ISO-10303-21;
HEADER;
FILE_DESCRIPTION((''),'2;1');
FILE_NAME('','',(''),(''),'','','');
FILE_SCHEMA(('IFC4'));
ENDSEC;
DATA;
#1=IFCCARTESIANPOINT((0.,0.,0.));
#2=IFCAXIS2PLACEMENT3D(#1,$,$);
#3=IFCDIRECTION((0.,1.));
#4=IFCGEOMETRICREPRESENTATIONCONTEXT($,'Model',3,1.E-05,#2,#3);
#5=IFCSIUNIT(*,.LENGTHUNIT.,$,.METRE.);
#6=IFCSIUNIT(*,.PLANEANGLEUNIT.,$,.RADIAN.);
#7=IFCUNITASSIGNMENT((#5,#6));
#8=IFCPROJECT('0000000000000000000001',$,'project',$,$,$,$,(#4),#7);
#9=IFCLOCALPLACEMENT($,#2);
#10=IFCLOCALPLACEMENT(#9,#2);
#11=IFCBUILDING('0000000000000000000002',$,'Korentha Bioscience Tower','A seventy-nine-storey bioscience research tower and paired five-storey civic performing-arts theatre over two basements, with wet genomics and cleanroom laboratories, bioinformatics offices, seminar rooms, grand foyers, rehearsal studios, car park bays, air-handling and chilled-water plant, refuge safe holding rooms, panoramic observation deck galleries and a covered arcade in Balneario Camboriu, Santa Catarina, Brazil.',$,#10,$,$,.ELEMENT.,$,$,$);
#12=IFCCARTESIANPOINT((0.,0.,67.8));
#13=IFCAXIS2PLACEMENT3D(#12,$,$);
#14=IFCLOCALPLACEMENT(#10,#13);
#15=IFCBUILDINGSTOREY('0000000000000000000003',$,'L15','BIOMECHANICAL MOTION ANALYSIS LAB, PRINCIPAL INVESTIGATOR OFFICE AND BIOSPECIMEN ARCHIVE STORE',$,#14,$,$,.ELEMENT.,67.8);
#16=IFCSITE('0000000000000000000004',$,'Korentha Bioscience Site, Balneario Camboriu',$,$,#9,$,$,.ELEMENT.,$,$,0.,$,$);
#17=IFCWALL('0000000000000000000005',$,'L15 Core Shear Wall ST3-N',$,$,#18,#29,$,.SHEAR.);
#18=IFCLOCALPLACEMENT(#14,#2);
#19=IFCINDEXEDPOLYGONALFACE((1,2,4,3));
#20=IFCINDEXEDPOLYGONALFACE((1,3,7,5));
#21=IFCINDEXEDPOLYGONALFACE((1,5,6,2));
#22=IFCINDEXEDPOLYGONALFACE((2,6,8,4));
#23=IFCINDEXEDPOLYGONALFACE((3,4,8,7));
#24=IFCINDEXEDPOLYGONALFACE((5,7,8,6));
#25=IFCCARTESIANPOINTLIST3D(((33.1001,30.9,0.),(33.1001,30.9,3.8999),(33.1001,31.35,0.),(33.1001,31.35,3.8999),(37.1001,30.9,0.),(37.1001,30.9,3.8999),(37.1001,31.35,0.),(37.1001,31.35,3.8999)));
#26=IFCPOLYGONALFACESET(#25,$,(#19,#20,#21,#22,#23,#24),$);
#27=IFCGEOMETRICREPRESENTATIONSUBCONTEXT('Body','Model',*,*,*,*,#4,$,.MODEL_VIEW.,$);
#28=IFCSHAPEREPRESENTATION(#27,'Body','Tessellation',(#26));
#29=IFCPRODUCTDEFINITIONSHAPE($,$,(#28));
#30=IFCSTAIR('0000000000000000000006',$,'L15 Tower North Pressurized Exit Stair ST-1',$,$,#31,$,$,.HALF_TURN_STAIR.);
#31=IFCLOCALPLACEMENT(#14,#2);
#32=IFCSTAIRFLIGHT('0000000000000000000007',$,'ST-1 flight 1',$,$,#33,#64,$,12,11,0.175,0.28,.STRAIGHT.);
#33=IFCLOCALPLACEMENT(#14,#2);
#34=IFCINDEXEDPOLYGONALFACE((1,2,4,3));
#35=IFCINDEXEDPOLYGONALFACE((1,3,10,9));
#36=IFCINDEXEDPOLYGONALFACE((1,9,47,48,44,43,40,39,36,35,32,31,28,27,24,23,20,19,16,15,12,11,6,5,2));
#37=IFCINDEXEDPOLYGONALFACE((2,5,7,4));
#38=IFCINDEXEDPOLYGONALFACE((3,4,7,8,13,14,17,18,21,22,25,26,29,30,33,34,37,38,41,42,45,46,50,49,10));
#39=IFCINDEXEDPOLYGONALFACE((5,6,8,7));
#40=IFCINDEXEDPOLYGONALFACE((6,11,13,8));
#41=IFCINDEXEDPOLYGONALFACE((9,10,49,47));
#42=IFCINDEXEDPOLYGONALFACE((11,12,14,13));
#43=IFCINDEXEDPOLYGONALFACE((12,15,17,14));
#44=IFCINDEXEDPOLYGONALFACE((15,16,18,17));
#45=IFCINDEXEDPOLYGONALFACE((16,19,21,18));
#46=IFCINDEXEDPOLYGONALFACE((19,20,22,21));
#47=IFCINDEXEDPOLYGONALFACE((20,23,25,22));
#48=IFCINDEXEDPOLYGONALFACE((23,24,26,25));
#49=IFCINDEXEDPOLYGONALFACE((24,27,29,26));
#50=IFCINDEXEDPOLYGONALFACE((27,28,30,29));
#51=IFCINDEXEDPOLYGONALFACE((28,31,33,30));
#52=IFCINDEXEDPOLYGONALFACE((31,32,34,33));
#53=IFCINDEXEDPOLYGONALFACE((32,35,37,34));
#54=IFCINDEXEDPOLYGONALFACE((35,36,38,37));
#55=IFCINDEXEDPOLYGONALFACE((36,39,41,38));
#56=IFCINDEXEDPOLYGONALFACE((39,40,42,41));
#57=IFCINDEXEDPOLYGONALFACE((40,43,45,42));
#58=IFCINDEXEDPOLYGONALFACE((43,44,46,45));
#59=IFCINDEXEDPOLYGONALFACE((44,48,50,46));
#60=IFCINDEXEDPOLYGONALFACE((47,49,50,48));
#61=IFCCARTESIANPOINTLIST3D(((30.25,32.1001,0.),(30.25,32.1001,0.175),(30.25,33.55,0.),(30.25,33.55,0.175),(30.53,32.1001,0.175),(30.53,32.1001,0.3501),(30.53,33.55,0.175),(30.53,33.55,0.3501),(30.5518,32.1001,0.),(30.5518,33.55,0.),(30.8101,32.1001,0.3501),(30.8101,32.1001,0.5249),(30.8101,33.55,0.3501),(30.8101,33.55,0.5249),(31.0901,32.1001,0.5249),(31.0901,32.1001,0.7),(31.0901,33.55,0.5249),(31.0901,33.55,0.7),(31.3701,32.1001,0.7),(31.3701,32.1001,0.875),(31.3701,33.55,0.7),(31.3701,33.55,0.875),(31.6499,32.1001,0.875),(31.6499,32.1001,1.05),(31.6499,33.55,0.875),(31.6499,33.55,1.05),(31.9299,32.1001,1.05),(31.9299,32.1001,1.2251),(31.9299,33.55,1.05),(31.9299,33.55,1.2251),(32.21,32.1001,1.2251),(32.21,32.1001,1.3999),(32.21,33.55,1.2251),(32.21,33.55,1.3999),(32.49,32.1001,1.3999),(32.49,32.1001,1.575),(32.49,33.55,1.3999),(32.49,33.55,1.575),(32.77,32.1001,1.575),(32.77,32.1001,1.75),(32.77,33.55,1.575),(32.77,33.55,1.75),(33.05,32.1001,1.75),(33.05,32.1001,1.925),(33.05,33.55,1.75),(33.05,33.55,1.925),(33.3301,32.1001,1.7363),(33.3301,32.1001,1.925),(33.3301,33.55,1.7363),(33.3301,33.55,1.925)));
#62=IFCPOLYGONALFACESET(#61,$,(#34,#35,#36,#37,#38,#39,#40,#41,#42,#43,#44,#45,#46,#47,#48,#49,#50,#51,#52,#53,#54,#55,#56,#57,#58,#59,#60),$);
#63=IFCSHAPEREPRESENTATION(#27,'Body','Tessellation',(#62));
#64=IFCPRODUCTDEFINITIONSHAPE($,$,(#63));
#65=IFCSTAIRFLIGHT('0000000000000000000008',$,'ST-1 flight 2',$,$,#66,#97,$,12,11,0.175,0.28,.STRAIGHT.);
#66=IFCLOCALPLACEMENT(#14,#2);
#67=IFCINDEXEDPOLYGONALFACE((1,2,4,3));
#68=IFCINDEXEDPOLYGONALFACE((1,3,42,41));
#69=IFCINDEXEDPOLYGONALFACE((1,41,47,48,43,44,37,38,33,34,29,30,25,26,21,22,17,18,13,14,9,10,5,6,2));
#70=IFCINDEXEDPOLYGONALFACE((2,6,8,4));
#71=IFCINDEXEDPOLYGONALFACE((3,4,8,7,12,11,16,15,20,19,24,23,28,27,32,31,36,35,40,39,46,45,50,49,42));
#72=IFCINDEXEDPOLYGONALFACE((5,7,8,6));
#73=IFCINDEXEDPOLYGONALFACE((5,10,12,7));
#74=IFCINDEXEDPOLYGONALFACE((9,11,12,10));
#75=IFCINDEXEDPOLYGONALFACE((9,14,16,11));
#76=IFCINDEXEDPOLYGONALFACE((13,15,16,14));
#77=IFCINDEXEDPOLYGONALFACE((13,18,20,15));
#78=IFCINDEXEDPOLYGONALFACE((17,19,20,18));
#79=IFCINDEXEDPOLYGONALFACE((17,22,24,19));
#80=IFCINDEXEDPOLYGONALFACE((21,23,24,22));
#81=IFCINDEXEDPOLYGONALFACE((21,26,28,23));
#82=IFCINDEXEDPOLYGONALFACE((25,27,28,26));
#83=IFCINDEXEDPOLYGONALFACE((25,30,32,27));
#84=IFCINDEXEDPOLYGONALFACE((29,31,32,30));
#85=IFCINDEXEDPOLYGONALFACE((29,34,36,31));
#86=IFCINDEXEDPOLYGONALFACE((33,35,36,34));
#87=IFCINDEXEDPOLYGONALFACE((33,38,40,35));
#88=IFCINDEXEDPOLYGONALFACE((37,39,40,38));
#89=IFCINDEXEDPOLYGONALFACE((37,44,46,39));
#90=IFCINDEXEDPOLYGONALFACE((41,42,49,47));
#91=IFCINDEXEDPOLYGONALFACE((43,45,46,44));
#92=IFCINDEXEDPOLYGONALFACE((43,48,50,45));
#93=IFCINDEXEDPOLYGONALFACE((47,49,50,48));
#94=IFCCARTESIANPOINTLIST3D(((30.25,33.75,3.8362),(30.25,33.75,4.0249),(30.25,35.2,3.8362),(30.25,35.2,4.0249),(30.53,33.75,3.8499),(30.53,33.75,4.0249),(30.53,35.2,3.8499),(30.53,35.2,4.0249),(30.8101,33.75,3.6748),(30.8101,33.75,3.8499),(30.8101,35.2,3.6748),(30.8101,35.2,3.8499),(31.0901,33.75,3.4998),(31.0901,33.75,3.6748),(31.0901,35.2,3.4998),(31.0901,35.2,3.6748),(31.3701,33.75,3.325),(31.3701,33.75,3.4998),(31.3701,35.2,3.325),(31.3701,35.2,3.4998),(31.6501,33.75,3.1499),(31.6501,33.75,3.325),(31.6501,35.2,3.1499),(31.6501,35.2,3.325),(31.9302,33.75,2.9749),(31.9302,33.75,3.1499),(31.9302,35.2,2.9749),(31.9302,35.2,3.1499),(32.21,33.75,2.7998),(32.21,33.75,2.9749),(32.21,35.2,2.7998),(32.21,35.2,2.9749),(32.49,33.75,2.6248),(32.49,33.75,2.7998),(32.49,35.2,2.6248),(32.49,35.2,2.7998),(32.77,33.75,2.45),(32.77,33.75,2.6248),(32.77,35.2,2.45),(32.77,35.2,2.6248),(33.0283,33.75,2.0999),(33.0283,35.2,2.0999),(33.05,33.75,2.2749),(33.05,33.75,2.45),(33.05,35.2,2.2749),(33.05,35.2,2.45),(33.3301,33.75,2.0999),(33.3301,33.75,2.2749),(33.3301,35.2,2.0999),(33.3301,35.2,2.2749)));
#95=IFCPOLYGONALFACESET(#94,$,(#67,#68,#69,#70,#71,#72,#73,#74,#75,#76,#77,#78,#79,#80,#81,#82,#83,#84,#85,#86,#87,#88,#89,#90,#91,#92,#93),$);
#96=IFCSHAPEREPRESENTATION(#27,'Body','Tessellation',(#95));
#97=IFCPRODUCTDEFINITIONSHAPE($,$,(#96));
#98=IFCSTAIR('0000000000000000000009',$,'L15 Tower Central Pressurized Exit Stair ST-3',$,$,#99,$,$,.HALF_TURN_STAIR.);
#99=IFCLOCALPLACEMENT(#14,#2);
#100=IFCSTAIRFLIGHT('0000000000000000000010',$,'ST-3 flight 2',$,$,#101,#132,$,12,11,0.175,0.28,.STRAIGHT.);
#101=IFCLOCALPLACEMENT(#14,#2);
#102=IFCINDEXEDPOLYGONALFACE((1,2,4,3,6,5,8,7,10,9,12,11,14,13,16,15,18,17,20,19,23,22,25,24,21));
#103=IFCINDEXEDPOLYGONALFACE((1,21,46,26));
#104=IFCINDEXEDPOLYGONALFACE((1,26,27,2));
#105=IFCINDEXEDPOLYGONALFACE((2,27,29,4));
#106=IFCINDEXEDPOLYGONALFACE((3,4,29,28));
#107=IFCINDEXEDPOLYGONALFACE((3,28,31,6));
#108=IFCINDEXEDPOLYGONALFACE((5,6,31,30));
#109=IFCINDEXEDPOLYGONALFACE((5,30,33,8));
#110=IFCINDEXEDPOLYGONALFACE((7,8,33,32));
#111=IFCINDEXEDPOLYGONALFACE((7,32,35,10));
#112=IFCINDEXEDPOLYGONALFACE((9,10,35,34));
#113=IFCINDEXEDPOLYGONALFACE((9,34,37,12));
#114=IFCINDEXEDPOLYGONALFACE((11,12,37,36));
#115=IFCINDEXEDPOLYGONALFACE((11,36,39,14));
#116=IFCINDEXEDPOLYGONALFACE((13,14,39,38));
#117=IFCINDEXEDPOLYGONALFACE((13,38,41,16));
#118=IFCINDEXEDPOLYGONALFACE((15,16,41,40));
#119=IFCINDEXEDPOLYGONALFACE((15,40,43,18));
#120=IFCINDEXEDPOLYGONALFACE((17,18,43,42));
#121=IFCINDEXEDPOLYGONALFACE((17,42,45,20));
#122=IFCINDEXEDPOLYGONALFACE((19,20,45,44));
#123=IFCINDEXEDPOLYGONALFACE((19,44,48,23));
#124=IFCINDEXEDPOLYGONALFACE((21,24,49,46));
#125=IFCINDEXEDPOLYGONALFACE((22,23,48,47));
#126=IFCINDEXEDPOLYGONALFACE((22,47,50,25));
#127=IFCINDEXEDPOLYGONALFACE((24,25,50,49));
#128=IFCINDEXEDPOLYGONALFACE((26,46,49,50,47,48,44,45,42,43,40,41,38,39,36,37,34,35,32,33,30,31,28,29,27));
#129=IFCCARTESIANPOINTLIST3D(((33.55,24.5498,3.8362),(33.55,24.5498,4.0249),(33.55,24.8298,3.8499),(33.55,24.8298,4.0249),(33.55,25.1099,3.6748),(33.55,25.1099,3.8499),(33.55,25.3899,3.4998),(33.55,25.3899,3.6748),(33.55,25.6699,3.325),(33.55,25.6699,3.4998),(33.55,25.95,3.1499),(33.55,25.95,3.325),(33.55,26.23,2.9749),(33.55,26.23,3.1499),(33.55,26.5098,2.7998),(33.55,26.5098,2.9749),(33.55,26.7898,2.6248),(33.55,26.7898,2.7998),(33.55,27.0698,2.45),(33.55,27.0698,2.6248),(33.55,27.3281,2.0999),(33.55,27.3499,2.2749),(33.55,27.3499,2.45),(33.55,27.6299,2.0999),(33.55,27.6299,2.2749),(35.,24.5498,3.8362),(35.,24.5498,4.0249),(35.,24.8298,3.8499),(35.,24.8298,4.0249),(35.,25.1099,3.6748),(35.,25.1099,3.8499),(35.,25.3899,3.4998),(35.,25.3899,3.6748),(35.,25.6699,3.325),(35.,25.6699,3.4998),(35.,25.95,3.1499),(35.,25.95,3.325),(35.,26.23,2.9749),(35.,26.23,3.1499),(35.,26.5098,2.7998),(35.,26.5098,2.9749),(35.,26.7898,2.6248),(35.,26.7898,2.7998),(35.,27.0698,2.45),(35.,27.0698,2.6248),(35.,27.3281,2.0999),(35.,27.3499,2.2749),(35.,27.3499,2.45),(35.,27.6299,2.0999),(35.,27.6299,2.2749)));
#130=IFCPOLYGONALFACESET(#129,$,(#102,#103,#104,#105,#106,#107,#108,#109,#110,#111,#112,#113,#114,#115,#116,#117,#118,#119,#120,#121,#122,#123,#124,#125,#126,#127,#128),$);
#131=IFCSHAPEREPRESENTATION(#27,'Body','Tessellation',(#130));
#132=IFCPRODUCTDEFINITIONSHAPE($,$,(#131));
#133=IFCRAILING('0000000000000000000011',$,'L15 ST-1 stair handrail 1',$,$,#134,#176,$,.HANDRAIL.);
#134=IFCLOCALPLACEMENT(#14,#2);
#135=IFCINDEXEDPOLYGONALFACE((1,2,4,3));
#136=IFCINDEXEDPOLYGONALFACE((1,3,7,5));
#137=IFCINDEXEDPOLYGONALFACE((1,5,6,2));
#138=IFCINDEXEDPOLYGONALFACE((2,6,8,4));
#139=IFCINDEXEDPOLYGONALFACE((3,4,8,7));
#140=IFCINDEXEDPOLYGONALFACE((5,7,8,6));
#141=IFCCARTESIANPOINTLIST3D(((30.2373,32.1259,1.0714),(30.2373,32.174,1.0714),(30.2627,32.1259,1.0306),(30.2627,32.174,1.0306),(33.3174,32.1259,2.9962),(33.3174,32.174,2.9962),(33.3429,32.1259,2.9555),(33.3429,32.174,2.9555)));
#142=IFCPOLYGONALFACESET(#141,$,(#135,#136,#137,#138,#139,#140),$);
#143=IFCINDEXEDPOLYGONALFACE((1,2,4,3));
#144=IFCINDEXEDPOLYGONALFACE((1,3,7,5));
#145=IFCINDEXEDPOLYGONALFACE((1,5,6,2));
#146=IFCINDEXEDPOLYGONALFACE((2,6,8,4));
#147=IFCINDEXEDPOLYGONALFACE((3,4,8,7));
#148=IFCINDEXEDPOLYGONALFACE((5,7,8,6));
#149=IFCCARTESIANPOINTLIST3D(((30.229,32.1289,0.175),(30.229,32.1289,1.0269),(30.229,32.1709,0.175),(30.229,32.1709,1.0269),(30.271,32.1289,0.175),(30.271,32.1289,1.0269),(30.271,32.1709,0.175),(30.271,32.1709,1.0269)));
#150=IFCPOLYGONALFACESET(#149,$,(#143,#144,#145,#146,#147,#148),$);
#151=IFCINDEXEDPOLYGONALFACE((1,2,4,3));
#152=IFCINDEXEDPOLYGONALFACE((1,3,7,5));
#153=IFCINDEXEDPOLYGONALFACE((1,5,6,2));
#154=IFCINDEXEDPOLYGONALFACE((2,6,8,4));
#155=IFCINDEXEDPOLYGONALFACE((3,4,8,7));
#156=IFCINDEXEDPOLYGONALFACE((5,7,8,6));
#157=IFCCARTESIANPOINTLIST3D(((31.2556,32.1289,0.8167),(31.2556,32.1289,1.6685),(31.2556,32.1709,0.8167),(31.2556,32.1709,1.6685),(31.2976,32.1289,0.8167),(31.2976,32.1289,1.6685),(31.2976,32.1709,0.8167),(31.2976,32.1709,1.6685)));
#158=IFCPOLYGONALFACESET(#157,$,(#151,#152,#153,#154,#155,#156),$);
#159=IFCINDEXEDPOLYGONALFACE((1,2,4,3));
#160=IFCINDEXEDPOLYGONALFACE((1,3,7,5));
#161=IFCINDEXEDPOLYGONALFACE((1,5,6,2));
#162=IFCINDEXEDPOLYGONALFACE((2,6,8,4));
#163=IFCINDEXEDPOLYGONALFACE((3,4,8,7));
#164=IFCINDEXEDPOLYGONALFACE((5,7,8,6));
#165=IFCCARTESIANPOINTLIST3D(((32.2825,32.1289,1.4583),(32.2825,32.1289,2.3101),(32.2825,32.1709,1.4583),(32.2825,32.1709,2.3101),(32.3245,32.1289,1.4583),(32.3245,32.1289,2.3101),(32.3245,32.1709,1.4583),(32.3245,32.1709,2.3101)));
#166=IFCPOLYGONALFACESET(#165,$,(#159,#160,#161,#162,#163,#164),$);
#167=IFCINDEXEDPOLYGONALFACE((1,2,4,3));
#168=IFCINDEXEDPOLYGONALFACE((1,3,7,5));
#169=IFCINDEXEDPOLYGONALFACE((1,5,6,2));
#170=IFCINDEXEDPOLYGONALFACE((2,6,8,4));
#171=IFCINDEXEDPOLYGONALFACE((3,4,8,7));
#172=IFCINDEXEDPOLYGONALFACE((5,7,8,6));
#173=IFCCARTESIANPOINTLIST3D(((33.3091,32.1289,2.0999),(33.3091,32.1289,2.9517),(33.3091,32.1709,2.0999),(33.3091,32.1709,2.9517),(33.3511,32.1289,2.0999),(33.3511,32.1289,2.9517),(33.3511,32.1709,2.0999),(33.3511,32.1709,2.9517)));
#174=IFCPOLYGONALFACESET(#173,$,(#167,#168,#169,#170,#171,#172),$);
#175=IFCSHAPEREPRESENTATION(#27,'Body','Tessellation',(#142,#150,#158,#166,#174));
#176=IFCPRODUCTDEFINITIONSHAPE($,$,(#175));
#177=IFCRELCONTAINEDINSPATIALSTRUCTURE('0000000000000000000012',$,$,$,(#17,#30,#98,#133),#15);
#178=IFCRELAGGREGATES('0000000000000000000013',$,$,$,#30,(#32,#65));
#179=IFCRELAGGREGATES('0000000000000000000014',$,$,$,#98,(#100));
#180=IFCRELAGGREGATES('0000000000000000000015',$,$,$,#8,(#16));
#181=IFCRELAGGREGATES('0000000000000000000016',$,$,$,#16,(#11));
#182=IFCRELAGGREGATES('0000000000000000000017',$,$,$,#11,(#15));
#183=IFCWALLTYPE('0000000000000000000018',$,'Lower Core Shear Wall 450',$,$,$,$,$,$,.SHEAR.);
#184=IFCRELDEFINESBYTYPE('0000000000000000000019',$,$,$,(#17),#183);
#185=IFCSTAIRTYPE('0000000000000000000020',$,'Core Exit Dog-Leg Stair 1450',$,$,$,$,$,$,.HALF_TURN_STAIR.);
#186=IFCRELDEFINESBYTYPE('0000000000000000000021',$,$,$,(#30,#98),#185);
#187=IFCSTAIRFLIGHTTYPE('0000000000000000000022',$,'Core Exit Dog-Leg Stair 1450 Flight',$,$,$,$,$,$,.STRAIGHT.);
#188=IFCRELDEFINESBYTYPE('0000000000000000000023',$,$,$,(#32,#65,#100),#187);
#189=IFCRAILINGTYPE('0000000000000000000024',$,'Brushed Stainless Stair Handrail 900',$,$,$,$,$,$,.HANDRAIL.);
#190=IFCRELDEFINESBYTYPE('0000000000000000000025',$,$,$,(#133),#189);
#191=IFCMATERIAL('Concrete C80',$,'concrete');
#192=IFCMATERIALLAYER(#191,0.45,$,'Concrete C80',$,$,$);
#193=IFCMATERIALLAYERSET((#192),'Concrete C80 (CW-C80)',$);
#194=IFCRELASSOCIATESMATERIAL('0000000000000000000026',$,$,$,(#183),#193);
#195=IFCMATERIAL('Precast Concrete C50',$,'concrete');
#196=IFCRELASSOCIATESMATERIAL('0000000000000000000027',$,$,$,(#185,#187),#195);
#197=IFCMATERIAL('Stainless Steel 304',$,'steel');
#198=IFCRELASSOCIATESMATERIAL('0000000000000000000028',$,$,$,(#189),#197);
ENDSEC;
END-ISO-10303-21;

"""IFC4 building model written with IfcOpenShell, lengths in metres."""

from ifc_helpers import new_model, si_unit, direction, frame, frame_2d, origin, origin_2d, place, context, subcontext, project, spatial, polyline, rectangle, outline, extrude, material, layer, layer_set, type_object, element, aggregate, save


model = new_model("IFC4")

# Units and contexts
model_context = context("Model", 3, precision=1e-05, world=origin(), true_north=direction((0.0, 1.0)))
body_context = subcontext(model_context, "Body", "Model", "MODEL_VIEW")
ifc_project = project(units=[si_unit("LENGTHUNIT", "METRE"), si_unit("PLANEANGLEUNIT", "RADIAN")], contexts=[model_context])

# Site, building, storey
site_placement = place(None, origin())
site = spatial("IfcSite", under=ifc_project, at=site_placement, Name="Korentha Bioscience Site, Balneario Camboriu", CompositionType="ELEMENT", RefElevation=0.0)
building_placement = place(site_placement, origin())
building = spatial("IfcBuilding", under=site, at=building_placement, Name="Korentha Bioscience Tower", Description="A seventy-nine-storey bioscience research tower and paired five-storey civic performing-arts theatre over two basements, with wet genomics and cleanroom laboratories, bioinformatics offices, seminar rooms, grand foyers, rehearsal studios, car park bays, air-handling and chilled-water plant, refuge safe holding rooms, panoramic observation deck galleries and a covered arcade in Balneario Camboriu, Santa Catarina, Brazil.", CompositionType="ELEMENT")
storey_placement = place(building_placement, frame((0.0, 0.0, 67.8)))
storey = spatial("IfcBuildingStorey", under=building, at=storey_placement, Name="L15", Description="BIOMECHANICAL MOTION ANALYSIS LAB, PRINCIPAL INVESTIGATOR OFFICE AND BIOSPECIMEN ARCHIVE STORE", CompositionType="ELEMENT", Elevation=67.8)

# Wall
ifc_material_1 = material(Name="Concrete C80", Category="concrete")
ifc_layer_1 = layer(ifc_material_1, 0.45, Name="Concrete C80")
ifc_layer_set_1 = layer_set([ifc_layer_1], Name="Concrete C80 (CW-C80)")
wall_type_1 = type_object("IfcWallType", Name="Lower Core Shear Wall 450", PredefinedType="SHEAR", material=ifc_layer_set_1)
wall_1_placement = place(storey_placement, frame((33.1001, 31.125, 0.0), z_axis=(0.0, 0.0, 1.0), x_axis=(1.0, 0.0, 0.0)))
element("IfcWall", 1, at=wall_1_placement, inside=storey, type_object=wall_type_1, Name="L15 Core Shear Wall ST3-N", PredefinedType="SHEAR", context=body_context, shape_type="SweptSolid", body=[
    extrude(rectangle(XDim=4.0, YDim=0.45, at=frame_2d((2.0, 0.0))), origin(), (0.0, 0.0, 1.0), 3.8999),
])

# Stair, stair flights
ifc_material_2 = material(Name="Precast Concrete C50", Category="concrete")
stair_type = type_object("IfcStairType", Name="Core Exit Dog-Leg Stair 1450", PredefinedType="HALF_TURN_STAIR", material=ifc_material_2)
stair_1_placement = place(storey_placement, origin())
stair_1 = element("IfcStair", 2, at=stair_1_placement, inside=storey, type_object=stair_type, Name="L15 Tower North Pressurized Exit Stair ST-1", PredefinedType="HALF_TURN_STAIR")
stair_flight_type = type_object("IfcStairFlightType", Name="Core Exit Dog-Leg Stair 1450 Flight", PredefinedType="STRAIGHT", material=ifc_material_2)
stair_flight_1_placement = place(storey_placement, frame((30.25, 32.825, 0.0), z_axis=(0.0, 0.0, 1.0), x_axis=(1.0, 0.0, 0.0)))
stair_flight_1 = element("IfcStairFlight", 3, at=stair_flight_1_placement, type_object=stair_flight_type, Name="ST-1 flight 1", NumberOfRisers=12, NumberOfTreads=11, PredefinedType="STRAIGHT", RiserHeight=0.175, TreadLength=0.28, context=body_context, shape_type="SweptSolid", body=[
    extrude(outline(polyline([(0.0, 0.0), (0.0, 0.175), (0.28, 0.175), (0.28, 0.3501), (0.5601, 0.3501), (0.5601, 0.5249), (0.8401, 0.5249), (0.8401, 0.7), (1.1201, 0.7), (1.1201, 0.875), (1.3999, 0.875), (1.3999, 1.05), (1.6799, 1.05), (1.6799, 1.2251), (1.96, 1.2251), (1.96, 1.3999), (2.24, 1.3999), (2.24, 1.575), (2.52, 1.575), (2.52, 1.75), (2.8, 1.75), (2.8, 1.925), (3.0801, 1.925), (3.0801, 2.1001), (3.0801, 1.7363), (0.3018, 0.0), (0.0, 0.0)])), frame((0.0, 0.7251, 0.0), z_axis=(0.0, -1.0, 0.0), x_axis=(1.0, 0.0, 0.0)), (0.0, 0.0, 1.0), 1.45),
])
stair_flight_2_placement = place(storey_placement, frame((33.3301, 34.4751, 2.0999), z_axis=(0.0, 0.0, 1.0), x_axis=(-1.0, 0.0, 0.0)))
stair_flight_2 = element("IfcStairFlight", 4, at=stair_flight_2_placement, type_object=stair_flight_type, Name="ST-1 flight 2", NumberOfRisers=12, NumberOfTreads=11, PredefinedType="STRAIGHT", RiserHeight=0.175, TreadLength=0.28, context=body_context, shape_type="SweptSolid", body=[
    extrude(outline(polyline([(0.0, 0.0), (0.0, 0.175), (0.28, 0.175), (0.28, 0.3501), (0.5601, 0.3501), (0.5601, 0.5249), (0.8401, 0.5249), (0.8401, 0.7), (1.1201, 0.7), (1.1201, 0.875), (1.3999, 0.875), (1.3999, 1.05), (1.6799, 1.05), (1.6799, 1.2251), (1.96, 1.2251), (1.96, 1.3999), (2.24, 1.3999), (2.24, 1.575), (2.52, 1.575), (2.52, 1.75), (2.8, 1.75), (2.8, 1.925), (3.0801, 1.925), (3.0801, 2.1001), (3.0801, 1.7363), (0.3018, 0.0), (0.0, 0.0)])), frame((0.0, 0.7251, 0.0), z_axis=(0.0, -1.0, 0.0), x_axis=(1.0, 0.0, 0.0)), (0.0, 0.0, 1.0), 1.45),
])
aggregate(stair_1, [stair_flight_1, stair_flight_2])

# Stair, stair flight
stair_2_placement = place(storey_placement, origin())
stair_2 = element("IfcStair", 5, at=stair_2_placement, inside=storey, type_object=stair_type, Name="L15 Tower Central Pressurized Exit Stair ST-3", PredefinedType="HALF_TURN_STAIR")
stair_flight_3_placement = place(storey_placement, frame((34.2749, 27.6299, 2.0999), z_axis=(0.0, 0.0, 1.0), x_axis=(0.0, -1.0, 0.0)))
stair_flight_3 = element("IfcStairFlight", 6, at=stair_flight_3_placement, type_object=stair_flight_type, Name="ST-3 flight 2", NumberOfRisers=12, NumberOfTreads=11, PredefinedType="STRAIGHT", RiserHeight=0.175, TreadLength=0.28, context=body_context, shape_type="SweptSolid", body=[
    extrude(outline(polyline([(0.0, 0.0), (0.0, 0.175), (0.28, 0.175), (0.28, 0.3501), (0.5601, 0.3501), (0.5601, 0.5249), (0.8401, 0.5249), (0.8401, 0.7), (1.1201, 0.7), (1.1201, 0.875), (1.3999, 0.875), (1.3999, 1.05), (1.6799, 1.05), (1.6799, 1.2251), (1.96, 1.2251), (1.96, 1.3999), (2.24, 1.3999), (2.24, 1.575), (2.52, 1.575), (2.52, 1.75), (2.8, 1.75), (2.8, 1.925), (3.0801, 1.925), (3.0801, 2.1001), (3.0801, 1.7363), (0.3018, 0.0), (0.0, 0.0)])), frame((0.0, 0.7251, 0.0), z_axis=(0.0, -1.0, 0.0), x_axis=(1.0, 0.0, 0.0)), (0.0, 0.0, 1.0), 1.45),
])
aggregate(stair_2, [stair_flight_3])

# Railing
ifc_material_3 = material(Name="Stainless Steel 304", Category="steel")
railing_type_1 = type_object("IfcRailingType", Name="Brushed Stainless Stair Handrail 900", PredefinedType="HANDRAIL", material=ifc_material_3)
railing_1_placement = place(storey_placement, frame((30.25, 32.1499, 0.175)))
element("IfcRailing", 7, at=railing_1_placement, inside=storey, type_object=railing_type_1, Name="L15 ST-1 stair handrail 1", PredefinedType="HANDRAIL", context=body_context, shape_type="SweptSolid", body=[
    extrude(rectangle(XDim=0.0481, YDim=0.0481, at=origin_2d()), frame((0.0, 0.0, 0.876), z_axis=(0.848029, 0.0, 0.529951), x_axis=(0.0, 1.0, 0.0)), (0.0, 0.0, 1.0), 3.6321),
    extrude(rectangle(XDim=0.042, YDim=0.042, at=origin_2d()), origin(), (0.0, 0.0, 1.0), 0.8518),
    extrude(rectangle(XDim=0.042, YDim=0.042, at=origin_2d()), frame((1.0266, 0.0, 0.6416)), (0.0, 0.0, 1.0), 0.8518),
    extrude(rectangle(XDim=0.042, YDim=0.042, at=origin_2d()), frame((2.0535, 0.0, 1.2832)), (0.0, 0.0, 1.0), 0.8518),
    extrude(rectangle(XDim=0.042, YDim=0.042, at=origin_2d()), frame((3.0801, 0.0, 1.9248)), (0.0, 0.0, 1.0), 0.8518),
])

save(model, "model.ifc")
